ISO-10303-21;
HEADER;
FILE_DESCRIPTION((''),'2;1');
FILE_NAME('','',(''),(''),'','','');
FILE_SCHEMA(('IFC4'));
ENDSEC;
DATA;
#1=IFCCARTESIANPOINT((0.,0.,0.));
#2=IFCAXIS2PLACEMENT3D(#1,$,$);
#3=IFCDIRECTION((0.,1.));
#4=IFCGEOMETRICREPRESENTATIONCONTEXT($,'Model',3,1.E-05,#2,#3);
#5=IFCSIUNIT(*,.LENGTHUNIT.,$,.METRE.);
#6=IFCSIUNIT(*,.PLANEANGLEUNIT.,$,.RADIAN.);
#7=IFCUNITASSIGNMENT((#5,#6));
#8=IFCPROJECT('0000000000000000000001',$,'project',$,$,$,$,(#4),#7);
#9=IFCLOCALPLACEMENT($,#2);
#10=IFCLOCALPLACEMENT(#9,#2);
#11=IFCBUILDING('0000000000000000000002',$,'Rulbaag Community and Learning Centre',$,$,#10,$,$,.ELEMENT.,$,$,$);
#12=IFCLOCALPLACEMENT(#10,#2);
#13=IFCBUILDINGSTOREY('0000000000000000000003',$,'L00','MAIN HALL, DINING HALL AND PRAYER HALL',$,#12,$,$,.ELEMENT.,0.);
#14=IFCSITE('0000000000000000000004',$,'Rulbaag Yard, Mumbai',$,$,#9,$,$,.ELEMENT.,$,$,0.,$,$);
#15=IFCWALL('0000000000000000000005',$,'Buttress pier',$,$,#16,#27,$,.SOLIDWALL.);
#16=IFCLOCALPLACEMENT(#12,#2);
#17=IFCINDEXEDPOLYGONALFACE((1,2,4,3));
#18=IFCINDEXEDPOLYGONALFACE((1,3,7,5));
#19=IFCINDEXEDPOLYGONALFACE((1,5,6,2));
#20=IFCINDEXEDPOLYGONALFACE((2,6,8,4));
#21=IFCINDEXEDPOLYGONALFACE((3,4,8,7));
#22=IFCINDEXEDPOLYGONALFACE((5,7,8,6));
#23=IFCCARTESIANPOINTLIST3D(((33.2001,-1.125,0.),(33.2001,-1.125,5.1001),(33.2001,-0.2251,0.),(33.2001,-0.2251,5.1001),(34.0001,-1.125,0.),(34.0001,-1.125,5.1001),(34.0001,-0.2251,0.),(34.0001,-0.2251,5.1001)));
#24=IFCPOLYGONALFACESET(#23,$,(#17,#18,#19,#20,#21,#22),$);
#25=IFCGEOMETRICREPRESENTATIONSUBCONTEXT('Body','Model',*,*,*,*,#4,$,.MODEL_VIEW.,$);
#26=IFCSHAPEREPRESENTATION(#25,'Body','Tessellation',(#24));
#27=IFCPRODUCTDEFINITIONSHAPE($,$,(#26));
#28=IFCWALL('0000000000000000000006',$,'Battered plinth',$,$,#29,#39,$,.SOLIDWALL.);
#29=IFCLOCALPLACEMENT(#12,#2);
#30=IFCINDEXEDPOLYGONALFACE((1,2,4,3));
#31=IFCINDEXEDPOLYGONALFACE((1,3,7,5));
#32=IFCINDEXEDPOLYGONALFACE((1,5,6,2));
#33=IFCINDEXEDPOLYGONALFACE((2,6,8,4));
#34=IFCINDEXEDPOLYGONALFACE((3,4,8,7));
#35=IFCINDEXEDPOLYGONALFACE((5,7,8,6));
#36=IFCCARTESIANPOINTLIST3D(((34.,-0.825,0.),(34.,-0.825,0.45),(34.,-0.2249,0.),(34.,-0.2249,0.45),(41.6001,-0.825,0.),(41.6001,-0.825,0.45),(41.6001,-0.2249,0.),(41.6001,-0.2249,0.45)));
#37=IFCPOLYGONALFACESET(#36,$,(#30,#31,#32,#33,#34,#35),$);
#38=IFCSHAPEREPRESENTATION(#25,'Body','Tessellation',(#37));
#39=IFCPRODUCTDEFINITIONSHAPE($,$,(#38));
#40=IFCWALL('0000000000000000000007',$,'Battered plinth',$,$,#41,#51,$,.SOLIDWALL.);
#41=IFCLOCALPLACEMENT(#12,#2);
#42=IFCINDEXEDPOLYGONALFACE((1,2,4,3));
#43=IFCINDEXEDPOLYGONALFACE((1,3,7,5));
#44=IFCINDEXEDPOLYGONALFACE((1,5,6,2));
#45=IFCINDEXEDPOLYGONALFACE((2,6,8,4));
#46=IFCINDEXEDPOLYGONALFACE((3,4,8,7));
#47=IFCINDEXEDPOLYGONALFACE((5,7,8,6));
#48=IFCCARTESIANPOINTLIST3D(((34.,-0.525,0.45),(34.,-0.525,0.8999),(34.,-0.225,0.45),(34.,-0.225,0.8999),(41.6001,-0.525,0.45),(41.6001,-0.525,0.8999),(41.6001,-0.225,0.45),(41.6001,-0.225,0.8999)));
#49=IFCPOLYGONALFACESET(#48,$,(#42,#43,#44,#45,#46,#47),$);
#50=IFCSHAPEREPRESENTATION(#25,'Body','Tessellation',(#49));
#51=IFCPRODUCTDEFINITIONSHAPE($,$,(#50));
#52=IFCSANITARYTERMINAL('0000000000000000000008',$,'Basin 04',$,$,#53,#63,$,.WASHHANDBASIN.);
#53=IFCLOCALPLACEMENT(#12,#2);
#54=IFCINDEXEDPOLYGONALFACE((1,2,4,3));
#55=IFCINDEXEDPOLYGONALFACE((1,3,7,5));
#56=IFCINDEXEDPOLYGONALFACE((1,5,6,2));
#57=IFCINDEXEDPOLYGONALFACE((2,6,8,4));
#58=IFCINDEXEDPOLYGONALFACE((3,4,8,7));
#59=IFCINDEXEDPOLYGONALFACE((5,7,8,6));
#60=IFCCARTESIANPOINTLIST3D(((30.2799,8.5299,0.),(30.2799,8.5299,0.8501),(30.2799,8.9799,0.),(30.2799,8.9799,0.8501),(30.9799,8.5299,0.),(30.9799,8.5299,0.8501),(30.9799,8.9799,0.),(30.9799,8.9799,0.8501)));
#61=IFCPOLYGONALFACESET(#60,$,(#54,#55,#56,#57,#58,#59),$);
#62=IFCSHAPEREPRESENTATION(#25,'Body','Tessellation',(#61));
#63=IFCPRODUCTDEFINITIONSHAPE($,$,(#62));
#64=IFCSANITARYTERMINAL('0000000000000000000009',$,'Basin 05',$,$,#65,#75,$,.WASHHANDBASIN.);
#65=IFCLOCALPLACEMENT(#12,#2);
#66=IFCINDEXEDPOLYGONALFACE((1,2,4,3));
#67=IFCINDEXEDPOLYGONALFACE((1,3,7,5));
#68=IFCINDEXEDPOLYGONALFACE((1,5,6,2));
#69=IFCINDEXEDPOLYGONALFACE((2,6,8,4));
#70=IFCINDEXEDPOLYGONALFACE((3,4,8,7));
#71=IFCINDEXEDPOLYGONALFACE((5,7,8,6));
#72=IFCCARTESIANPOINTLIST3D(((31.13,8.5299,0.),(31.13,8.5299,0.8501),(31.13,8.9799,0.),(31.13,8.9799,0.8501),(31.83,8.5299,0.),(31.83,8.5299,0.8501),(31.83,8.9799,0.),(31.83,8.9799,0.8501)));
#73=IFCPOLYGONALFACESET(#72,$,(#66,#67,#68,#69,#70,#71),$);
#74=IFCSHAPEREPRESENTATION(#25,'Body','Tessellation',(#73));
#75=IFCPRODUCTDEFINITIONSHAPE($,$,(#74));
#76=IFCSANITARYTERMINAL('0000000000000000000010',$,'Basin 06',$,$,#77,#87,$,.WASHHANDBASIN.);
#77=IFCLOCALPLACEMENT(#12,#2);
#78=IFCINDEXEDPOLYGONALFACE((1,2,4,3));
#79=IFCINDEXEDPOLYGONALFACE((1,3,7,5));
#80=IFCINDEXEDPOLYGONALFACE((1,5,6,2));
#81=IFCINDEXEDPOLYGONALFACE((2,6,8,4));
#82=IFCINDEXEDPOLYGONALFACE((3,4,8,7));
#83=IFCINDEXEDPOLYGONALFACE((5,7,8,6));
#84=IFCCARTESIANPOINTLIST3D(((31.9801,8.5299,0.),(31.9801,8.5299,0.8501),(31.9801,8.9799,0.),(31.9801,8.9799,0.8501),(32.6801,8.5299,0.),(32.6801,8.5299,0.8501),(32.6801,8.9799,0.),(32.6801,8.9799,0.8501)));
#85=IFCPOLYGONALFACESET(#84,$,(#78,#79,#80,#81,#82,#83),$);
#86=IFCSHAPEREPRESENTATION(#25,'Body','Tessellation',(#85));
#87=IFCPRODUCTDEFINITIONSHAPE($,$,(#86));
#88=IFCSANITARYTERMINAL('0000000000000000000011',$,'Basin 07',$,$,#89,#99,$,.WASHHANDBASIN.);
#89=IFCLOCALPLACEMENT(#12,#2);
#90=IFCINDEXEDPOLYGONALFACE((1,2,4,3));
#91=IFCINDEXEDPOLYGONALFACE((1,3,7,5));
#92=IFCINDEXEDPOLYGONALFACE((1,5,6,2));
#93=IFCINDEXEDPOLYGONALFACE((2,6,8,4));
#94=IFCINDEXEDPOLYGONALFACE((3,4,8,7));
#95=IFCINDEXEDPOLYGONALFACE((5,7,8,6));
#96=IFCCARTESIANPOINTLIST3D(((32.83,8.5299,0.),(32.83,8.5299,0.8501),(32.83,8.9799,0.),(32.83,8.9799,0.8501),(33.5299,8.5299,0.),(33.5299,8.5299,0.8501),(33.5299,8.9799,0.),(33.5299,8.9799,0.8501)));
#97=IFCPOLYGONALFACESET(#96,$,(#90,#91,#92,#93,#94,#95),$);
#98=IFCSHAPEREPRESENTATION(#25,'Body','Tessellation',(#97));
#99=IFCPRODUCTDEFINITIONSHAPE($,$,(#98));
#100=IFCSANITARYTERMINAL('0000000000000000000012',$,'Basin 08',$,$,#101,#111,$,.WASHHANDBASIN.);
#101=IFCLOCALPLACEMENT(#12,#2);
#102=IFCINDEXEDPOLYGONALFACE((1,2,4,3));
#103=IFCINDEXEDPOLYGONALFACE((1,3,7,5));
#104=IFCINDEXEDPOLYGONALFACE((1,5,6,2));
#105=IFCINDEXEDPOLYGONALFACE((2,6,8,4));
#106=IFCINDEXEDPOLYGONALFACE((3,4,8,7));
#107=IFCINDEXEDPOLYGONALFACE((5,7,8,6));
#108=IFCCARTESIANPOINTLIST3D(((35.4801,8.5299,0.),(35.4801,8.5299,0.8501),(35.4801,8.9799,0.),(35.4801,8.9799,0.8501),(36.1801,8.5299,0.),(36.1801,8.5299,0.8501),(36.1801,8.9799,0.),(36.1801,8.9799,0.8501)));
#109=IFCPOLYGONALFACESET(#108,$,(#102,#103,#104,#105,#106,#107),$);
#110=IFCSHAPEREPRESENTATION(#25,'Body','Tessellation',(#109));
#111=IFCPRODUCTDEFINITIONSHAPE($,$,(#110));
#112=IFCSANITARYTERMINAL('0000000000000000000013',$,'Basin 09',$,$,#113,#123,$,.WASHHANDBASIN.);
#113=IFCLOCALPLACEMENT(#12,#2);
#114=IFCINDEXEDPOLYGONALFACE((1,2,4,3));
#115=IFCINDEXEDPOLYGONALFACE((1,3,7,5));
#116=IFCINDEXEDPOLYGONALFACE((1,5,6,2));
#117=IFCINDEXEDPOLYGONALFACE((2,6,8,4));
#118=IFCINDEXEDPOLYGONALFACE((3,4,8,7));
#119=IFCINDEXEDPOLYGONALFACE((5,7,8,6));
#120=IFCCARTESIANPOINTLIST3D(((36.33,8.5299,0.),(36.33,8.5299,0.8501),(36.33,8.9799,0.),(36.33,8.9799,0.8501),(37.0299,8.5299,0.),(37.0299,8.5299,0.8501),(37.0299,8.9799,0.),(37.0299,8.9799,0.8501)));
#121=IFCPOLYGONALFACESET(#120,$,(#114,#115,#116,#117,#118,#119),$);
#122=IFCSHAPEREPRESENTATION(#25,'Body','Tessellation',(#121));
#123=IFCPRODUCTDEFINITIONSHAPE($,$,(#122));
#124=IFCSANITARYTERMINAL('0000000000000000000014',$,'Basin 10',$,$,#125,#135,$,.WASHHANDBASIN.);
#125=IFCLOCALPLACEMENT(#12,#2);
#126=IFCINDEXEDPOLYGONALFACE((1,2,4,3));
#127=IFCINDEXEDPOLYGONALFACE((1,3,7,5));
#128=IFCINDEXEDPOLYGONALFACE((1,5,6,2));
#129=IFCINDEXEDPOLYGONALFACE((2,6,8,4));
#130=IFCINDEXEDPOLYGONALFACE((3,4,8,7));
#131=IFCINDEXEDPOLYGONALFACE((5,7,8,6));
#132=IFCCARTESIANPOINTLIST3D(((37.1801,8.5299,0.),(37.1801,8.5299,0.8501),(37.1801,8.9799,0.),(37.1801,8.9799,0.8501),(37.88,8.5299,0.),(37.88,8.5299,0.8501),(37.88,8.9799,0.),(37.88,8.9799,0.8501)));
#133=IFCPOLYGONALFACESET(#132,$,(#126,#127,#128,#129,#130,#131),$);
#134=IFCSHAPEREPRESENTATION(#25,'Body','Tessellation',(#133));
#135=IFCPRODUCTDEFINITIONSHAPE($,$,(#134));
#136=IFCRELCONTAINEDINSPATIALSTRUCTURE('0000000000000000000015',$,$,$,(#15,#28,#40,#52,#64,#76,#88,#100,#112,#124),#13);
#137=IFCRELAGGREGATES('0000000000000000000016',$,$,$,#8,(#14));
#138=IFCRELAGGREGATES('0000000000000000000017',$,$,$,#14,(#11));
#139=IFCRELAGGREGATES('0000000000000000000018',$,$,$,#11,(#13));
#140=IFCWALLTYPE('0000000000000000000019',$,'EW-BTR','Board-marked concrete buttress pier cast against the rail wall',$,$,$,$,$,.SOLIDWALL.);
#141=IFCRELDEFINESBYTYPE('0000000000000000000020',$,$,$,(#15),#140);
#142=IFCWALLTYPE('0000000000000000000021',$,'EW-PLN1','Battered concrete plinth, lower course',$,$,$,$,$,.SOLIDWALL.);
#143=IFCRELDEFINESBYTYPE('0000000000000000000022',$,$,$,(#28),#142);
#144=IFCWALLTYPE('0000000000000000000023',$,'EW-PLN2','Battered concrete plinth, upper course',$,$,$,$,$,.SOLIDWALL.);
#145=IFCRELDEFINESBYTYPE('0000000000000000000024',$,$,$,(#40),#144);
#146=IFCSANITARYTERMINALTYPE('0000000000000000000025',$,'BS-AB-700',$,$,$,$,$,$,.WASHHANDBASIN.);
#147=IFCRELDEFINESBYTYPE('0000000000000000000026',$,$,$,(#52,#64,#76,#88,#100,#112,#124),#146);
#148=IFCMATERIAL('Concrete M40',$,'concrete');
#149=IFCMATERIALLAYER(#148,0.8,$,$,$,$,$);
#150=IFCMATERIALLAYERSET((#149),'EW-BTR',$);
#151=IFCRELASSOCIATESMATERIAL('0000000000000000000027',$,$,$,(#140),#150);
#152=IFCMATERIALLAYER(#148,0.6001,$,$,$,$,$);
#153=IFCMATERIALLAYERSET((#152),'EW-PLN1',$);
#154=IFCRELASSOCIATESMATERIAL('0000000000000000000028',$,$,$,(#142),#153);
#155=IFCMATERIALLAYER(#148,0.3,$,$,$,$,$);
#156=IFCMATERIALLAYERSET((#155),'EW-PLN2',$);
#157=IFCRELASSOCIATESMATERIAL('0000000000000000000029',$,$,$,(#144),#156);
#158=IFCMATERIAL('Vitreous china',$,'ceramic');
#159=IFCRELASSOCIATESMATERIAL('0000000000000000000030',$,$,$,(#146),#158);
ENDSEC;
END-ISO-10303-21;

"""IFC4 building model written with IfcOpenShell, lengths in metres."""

from ifc_helpers import new_model, si_unit, direction, frame, frame_2d, origin, origin_2d, place, context, subcontext, project, spatial, rectangle, extrude, material, layer, layer_set, type_object, element, save


model = new_model("IFC4")

# Units and contexts
model_context = context("Model", 3, precision=1e-05, world=origin(), true_north=direction((0.0, 1.0)))
body_context = subcontext(model_context, "Body", "Model", "MODEL_VIEW")
ifc_project = project(units=[si_unit("LENGTHUNIT", "METRE"), si_unit("PLANEANGLEUNIT", "RADIAN")], contexts=[model_context])

# Site, building, storey
site_placement = place(None, origin())
site = spatial("IfcSite", under=ifc_project, at=site_placement, Name="Rulbaag Yard, Mumbai", CompositionType="ELEMENT", RefElevation=0.0)
building_placement = place(site_placement, origin())
building = spatial("IfcBuilding", under=site, at=building_placement, Name="Rulbaag Community and Learning Centre", CompositionType="ELEMENT")
storey_placement = place(building_placement, origin())
storey = spatial("IfcBuildingStorey", under=building, at=storey_placement, Name="L00", Description="MAIN HALL, DINING HALL AND PRAYER HALL", CompositionType="ELEMENT", Elevation=0.0)

# Shared definitions
ifc_material_1 = material(Name="Concrete M40", Category="concrete")

# Walls
ifc_layer_1 = layer(ifc_material_1, 0.8)
ifc_layer_set_1 = layer_set([ifc_layer_1], Name="EW-BTR")
wall_type_1 = type_object("IfcWallType", Name="EW-BTR", Description="Board-marked concrete buttress pier cast against the rail wall", PredefinedType="SOLIDWALL", material=ifc_layer_set_1)
wall_1_placement = place(storey_placement, frame((33.6001, -0.2251, 0.0), z_axis=(0.0, 0.0, 1.0), x_axis=(0.0, -1.0, 0.0)))
element("IfcWall", 1, at=wall_1_placement, inside=storey, type_object=wall_type_1, Name="Buttress pier", PredefinedType="SOLIDWALL", context=body_context, shape_type="SweptSolid", body=[
    extrude(rectangle(XDim=0.8999, YDim=0.8, at=frame_2d((0.45, 0.0))), origin(), (0.0, 0.0, 1.0), 5.1001),
])
ifc_layer_2 = layer(ifc_material_1, 0.6001)
ifc_layer_set_2 = layer_set([ifc_layer_2], Name="EW-PLN1")
wall_type_2 = type_object("IfcWallType", Name="EW-PLN1", Description="Battered concrete plinth, lower course", PredefinedType="SOLIDWALL", material=ifc_layer_set_2)
wall_2_placement = place(storey_placement, frame((34.0, -0.5249, 0.0), z_axis=(0.0, 0.0, 1.0), x_axis=(1.0, 0.0, 0.0)))
element("IfcWall", 2, at=wall_2_placement, inside=storey, type_object=wall_type_2, Name="Battered plinth", PredefinedType="SOLIDWALL", context=body_context, shape_type="SweptSolid", body=[
    extrude(rectangle(XDim=7.6001, YDim=0.6001, at=frame_2d((3.8, 0.0))), origin(), (0.0, 0.0, 1.0), 0.45),
])
ifc_layer_3 = layer(ifc_material_1, 0.3)
ifc_layer_set_3 = layer_set([ifc_layer_3], Name="EW-PLN2")
wall_type_3 = type_object("IfcWallType", Name="EW-PLN2", Description="Battered concrete plinth, upper course", PredefinedType="SOLIDWALL", material=ifc_layer_set_3)
wall_3_placement = place(storey_placement, frame((34.0, -0.375, 0.45), z_axis=(0.0, 0.0, 1.0), x_axis=(1.0, 0.0, 0.0)))
element("IfcWall", 3, at=wall_3_placement, inside=storey, type_object=wall_type_3, Name="Battered plinth", PredefinedType="SOLIDWALL", context=body_context, shape_type="SweptSolid", body=[
    extrude(rectangle(XDim=7.6001, YDim=0.3, at=frame_2d((3.8, 0.0))), origin(), (0.0, 0.0, 1.0), 0.45),
])

# Sanitary terminals
ifc_material_2 = material(Name="Vitreous china", Category="ceramic")
sanitary_terminal_type = type_object("IfcSanitaryTerminalType", Name="BS-AB-700", PredefinedType="WASHHANDBASIN", material=ifc_material_2)
for number, where, z_axis, x_axis, name in (
    (4, (30.6299, 8.7549, 0.0), (0.0, 0.0, 1.0), (1.0, 0.0, 0.0), "Basin 04"),
    (5, (31.48, 8.7549, 0.0), (0.0, 0.0, 1.0), (1.0, 0.0, 0.0), "Basin 05"),
    (6, (32.3301, 8.7549, 0.0), (0.0, 0.0, 1.0), (1.0, 0.0, 0.0), "Basin 06"),
    (7, (33.1799, 8.7549, 0.0), (0.0, 0.0, 1.0), (1.0, 0.0, 0.0), "Basin 07"),
    (8, (35.8301, 8.7549, 0.0), (0.0, 0.0, 1.0), (1.0, 0.0, 0.0), "Basin 08"),
    (9, (36.6799, 8.7549, 0.0), (0.0, 0.0, 1.0), (1.0, 0.0, 0.0), "Basin 09"),
    (10, (37.53, 8.7549, 0.0), (0.0, 0.0, 1.0), (1.0, 0.0, 0.0), "Basin 10"),
):
    element("IfcSanitaryTerminal", number, at=place(storey_placement, frame(where, z_axis=z_axis, x_axis=x_axis)), inside=storey, type_object=sanitary_terminal_type, Name=name, PredefinedType="WASHHANDBASIN", context=body_context, shape_type="SweptSolid", body=[
        extrude(rectangle(XDim=0.7, YDim=0.45, at=origin_2d()), origin(), (0.0, 0.0, 1.0), 0.8501),
    ])

save(model, "model.ifc")
